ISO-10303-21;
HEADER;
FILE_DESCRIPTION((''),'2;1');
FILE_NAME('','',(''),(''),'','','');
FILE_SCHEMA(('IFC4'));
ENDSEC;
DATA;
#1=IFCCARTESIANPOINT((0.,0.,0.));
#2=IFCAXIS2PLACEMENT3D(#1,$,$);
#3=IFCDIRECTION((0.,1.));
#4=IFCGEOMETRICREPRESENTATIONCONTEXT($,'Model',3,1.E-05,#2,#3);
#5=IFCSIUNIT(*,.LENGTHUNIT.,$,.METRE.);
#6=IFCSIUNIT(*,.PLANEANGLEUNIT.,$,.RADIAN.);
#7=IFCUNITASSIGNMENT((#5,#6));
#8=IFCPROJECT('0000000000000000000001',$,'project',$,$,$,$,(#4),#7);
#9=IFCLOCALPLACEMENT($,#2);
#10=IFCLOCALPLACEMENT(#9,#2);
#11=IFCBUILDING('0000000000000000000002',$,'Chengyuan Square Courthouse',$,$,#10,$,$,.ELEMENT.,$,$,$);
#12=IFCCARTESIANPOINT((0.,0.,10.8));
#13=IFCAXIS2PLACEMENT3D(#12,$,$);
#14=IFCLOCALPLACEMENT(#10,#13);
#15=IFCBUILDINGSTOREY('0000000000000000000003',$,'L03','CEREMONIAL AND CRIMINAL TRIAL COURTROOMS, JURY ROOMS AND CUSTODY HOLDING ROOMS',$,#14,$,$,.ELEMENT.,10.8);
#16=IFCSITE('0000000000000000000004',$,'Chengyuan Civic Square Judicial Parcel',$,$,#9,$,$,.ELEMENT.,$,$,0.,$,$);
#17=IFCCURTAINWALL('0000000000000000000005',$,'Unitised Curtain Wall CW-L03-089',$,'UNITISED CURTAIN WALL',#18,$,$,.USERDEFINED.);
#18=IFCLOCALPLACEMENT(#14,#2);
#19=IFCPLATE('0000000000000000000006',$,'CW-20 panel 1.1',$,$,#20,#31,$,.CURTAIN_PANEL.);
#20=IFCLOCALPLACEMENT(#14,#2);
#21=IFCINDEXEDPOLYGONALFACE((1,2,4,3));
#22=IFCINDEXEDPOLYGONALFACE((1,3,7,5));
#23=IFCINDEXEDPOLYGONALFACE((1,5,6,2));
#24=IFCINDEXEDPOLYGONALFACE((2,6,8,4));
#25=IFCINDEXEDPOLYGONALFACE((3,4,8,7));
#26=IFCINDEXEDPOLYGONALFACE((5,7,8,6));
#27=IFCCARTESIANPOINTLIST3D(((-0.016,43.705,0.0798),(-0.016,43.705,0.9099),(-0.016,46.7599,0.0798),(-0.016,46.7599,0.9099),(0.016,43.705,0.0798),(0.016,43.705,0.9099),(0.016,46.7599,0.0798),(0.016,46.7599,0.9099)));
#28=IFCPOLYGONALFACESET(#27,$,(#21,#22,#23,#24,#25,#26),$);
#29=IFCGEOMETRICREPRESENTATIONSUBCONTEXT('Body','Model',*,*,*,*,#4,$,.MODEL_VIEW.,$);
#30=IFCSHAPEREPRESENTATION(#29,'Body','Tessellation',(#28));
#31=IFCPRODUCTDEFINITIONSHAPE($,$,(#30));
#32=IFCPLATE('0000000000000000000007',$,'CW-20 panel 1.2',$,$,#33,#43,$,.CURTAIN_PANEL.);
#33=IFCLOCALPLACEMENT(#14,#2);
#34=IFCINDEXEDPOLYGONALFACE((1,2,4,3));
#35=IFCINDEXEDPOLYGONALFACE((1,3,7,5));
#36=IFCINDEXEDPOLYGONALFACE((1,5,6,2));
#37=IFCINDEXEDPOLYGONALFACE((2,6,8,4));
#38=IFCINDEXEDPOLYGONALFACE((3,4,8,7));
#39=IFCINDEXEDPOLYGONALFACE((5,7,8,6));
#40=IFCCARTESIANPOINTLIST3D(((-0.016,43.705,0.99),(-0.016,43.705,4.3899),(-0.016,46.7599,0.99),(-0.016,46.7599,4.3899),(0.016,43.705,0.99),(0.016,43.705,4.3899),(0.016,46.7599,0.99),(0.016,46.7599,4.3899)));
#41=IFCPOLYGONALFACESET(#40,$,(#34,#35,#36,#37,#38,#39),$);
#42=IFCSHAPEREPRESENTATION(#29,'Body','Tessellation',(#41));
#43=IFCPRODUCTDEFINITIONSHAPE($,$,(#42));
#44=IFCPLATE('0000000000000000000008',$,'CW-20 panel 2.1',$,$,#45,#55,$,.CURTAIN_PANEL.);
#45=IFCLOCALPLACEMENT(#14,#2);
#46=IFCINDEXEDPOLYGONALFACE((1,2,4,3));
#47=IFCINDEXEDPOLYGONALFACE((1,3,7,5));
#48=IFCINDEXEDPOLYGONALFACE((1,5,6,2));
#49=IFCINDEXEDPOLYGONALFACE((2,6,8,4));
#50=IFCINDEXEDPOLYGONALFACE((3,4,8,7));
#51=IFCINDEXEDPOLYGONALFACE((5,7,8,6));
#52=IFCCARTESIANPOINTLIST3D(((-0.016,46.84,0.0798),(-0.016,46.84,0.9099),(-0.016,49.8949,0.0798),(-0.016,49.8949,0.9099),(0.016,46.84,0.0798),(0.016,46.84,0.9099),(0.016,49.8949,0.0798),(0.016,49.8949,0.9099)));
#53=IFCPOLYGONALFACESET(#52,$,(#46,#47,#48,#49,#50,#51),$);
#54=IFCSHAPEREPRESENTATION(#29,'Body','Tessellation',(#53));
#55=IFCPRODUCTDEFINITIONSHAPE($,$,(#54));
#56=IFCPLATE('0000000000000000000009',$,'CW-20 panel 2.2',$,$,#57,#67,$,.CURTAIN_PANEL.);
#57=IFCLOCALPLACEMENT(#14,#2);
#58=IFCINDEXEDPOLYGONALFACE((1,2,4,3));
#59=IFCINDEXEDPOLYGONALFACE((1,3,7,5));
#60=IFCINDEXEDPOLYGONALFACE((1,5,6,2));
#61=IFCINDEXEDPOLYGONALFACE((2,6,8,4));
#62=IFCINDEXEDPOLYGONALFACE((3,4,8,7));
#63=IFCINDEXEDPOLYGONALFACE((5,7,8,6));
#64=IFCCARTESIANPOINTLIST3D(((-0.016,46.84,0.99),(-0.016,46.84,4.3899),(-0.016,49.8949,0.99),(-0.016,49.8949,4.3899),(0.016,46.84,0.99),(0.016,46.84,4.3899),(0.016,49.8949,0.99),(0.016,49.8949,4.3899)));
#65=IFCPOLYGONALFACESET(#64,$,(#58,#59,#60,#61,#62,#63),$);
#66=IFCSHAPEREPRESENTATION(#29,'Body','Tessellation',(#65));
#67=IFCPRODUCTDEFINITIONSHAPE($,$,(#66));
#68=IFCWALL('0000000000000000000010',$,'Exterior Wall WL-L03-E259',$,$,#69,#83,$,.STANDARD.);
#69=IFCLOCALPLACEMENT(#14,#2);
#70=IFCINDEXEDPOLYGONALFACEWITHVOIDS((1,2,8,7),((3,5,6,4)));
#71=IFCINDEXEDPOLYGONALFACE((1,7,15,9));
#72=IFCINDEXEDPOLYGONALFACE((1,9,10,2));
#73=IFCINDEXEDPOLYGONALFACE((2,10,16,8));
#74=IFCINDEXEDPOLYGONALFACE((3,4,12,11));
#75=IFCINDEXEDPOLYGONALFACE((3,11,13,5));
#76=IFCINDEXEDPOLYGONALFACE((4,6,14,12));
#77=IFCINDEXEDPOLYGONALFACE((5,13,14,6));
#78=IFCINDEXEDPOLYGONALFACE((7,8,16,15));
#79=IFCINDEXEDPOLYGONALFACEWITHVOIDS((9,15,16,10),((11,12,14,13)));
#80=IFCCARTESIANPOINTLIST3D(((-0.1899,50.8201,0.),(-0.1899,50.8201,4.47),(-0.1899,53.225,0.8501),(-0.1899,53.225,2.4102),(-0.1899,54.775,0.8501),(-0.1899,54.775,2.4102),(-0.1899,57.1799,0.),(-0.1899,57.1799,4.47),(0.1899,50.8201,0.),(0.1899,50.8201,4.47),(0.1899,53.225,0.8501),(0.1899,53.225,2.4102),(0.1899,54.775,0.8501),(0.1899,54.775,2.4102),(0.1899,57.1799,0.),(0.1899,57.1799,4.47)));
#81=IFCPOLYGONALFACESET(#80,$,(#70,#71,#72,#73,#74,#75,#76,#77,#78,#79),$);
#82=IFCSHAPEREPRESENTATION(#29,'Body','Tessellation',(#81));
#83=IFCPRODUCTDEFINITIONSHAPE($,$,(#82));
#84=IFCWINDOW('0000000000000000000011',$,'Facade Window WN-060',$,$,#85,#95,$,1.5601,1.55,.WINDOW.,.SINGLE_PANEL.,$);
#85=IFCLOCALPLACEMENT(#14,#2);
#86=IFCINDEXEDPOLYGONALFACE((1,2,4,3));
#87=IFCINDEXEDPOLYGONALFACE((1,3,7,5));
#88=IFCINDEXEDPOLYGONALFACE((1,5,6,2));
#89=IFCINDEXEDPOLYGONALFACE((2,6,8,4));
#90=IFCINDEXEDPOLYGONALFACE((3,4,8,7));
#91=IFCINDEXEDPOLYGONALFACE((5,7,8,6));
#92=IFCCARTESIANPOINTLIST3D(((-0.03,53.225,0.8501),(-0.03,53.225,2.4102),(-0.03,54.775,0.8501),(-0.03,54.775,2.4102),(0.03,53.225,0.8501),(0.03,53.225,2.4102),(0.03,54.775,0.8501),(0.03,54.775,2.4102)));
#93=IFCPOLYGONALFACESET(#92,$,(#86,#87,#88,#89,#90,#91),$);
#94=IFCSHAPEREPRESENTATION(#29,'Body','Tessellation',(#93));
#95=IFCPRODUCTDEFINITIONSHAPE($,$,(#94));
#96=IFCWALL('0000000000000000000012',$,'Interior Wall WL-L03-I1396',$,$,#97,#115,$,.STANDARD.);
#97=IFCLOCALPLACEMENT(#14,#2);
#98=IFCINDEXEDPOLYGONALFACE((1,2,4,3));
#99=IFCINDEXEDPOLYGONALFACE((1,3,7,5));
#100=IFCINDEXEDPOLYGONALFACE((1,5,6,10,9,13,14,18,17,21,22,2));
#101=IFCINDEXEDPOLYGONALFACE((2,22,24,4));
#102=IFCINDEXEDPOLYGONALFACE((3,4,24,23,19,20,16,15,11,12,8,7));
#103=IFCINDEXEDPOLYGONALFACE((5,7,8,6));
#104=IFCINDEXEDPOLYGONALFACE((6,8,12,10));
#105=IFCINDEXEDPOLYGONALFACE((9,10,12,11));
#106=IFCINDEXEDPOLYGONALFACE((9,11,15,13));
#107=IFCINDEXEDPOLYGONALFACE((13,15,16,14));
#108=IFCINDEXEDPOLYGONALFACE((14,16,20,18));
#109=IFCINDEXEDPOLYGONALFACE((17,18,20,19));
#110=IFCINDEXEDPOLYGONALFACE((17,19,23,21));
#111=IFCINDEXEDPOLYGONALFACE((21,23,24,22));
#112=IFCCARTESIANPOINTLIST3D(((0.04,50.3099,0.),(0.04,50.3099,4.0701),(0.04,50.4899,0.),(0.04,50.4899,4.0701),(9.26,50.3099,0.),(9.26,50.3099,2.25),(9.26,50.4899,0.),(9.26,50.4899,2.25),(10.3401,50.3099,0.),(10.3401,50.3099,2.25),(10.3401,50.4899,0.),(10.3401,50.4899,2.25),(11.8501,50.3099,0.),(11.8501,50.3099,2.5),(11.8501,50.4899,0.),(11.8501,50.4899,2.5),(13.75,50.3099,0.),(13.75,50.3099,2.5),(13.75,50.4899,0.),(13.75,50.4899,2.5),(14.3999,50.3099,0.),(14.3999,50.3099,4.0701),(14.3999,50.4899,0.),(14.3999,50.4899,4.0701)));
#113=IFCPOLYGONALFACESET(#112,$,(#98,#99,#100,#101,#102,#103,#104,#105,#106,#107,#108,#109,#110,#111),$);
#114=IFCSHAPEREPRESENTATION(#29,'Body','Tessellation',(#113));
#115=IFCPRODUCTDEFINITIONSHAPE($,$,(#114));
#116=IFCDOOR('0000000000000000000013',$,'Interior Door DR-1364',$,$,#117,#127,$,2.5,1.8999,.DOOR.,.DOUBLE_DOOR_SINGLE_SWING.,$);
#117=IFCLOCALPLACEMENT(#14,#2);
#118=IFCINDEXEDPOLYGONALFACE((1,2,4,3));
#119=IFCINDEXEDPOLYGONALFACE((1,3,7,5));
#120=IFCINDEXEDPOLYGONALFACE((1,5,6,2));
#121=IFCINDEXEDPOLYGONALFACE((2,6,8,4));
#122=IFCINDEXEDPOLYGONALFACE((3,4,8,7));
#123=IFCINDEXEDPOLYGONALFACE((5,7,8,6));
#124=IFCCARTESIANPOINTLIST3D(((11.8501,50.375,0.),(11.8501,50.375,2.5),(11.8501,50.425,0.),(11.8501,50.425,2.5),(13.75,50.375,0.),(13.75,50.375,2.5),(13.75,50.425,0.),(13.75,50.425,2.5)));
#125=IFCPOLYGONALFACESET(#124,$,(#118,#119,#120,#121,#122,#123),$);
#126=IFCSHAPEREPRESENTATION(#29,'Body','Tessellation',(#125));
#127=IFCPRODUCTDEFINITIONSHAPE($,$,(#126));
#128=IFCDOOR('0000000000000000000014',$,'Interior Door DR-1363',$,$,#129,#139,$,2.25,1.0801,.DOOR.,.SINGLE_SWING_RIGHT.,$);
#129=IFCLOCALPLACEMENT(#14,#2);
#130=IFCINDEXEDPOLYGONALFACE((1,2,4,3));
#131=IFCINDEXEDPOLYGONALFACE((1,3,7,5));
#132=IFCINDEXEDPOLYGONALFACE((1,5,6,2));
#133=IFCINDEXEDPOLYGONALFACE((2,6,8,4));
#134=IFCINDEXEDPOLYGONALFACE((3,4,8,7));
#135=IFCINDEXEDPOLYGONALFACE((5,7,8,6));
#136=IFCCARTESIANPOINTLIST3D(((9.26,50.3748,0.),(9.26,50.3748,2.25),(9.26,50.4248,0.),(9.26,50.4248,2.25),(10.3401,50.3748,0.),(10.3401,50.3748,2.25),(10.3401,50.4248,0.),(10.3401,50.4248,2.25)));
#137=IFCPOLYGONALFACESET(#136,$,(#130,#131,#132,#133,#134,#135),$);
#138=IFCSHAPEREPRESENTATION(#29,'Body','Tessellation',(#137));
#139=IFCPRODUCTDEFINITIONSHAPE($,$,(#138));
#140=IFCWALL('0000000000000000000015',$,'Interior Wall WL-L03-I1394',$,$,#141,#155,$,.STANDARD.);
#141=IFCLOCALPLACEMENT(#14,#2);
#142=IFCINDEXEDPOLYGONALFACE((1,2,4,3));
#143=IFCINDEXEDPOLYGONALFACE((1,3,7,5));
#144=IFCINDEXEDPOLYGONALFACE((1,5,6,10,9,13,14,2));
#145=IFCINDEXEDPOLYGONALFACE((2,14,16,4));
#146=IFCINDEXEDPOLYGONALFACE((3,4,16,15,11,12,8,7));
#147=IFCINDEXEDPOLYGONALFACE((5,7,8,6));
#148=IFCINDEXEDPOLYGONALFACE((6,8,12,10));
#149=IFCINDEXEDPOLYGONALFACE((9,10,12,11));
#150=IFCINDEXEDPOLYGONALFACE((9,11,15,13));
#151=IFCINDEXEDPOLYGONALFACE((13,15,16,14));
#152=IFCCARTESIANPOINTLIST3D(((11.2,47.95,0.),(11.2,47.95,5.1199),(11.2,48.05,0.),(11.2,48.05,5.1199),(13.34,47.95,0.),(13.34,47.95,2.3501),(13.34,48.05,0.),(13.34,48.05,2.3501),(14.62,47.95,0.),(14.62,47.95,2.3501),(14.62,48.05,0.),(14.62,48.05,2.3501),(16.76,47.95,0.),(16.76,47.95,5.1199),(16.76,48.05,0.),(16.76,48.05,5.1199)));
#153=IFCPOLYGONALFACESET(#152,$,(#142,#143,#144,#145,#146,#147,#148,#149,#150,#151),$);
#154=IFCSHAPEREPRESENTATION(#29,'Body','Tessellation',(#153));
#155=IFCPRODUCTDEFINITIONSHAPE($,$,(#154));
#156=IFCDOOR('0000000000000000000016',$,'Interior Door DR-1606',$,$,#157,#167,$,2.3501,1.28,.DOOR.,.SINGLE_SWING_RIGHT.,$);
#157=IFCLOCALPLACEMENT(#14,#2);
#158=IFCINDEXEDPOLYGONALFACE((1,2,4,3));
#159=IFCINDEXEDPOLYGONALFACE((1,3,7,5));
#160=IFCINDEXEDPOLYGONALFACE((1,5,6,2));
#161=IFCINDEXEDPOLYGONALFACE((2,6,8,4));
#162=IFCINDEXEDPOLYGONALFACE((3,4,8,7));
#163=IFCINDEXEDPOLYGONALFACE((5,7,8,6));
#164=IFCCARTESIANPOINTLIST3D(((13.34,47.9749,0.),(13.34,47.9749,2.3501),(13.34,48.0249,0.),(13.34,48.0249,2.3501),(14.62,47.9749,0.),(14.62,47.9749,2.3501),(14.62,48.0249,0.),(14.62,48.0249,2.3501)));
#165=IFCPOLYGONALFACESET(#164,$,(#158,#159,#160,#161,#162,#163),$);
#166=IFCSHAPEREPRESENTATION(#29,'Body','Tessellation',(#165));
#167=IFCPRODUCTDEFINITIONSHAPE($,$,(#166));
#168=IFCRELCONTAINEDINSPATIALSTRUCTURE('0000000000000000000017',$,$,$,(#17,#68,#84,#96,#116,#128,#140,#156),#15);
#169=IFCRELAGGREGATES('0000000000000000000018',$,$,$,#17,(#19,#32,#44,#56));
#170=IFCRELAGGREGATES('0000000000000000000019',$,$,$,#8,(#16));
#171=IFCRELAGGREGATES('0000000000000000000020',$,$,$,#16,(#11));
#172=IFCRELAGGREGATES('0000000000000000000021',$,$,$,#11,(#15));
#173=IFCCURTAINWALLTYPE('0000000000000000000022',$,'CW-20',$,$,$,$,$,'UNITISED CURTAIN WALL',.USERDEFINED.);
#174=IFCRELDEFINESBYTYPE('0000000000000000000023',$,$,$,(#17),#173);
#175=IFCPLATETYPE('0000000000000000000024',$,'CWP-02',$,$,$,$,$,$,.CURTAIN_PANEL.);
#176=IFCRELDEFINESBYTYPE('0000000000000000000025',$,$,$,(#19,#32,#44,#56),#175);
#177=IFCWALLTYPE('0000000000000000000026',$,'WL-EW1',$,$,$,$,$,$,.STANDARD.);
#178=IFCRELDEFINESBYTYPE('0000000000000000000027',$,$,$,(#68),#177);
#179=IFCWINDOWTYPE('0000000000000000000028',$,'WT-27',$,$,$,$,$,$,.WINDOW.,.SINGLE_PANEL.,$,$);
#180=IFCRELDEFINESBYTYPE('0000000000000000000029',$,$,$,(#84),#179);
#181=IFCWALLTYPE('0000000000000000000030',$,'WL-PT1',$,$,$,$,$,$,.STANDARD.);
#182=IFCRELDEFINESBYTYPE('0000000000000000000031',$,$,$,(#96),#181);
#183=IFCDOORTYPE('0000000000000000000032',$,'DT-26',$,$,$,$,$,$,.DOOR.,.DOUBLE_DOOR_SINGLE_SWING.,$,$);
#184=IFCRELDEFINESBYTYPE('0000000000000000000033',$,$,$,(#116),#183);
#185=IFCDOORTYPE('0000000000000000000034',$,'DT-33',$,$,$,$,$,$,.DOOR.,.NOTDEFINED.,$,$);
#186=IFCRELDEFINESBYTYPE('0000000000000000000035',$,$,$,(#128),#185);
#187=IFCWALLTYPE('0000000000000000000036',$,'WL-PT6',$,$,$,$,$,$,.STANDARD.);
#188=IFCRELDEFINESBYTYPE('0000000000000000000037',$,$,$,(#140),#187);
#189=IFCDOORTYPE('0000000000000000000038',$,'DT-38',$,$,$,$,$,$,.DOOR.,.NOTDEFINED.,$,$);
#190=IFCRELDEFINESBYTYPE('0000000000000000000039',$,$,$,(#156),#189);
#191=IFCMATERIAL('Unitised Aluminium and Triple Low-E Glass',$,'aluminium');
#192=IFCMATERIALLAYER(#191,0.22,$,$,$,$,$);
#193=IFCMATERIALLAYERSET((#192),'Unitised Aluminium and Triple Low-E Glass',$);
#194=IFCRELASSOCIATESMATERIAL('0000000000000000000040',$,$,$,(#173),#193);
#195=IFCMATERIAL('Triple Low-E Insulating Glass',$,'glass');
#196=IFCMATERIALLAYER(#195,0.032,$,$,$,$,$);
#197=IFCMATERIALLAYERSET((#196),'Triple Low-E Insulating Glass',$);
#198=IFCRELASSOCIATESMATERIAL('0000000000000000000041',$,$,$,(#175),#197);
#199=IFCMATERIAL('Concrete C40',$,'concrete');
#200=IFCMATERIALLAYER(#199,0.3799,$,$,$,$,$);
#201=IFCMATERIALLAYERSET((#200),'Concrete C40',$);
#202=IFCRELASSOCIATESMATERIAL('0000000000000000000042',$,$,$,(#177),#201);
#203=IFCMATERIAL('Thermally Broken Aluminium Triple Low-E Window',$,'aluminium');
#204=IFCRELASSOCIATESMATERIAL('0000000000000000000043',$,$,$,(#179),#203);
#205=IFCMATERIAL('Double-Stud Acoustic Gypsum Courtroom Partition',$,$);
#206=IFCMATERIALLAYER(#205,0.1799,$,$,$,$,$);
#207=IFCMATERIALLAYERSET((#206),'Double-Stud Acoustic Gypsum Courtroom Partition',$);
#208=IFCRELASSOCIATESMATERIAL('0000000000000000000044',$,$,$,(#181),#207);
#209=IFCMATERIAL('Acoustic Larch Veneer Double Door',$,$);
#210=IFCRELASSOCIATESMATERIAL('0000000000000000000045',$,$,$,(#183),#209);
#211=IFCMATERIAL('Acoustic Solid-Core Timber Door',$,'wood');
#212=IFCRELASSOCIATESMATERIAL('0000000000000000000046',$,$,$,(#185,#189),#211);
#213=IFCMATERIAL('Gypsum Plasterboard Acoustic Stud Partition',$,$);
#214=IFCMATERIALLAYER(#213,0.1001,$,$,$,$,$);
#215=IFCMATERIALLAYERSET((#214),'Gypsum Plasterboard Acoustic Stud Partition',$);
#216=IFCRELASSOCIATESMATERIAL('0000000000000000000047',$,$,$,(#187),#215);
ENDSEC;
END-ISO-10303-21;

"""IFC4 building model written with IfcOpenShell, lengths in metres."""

from ifc_helpers import new_model, si_unit, direction, frame, frame_2d, origin, origin_2d, place, context, subcontext, project, spatial, rectangle, extrude, material, layer, layer_set, type_object, element, fill, aggregate, save


model = new_model("IFC4")

# Units and contexts
model_context = context("Model", 3, precision=1e-05, world=origin(), true_north=direction((0.0, 1.0)))
body_context = subcontext(model_context, "Body", "Model", "MODEL_VIEW")
ifc_project = project(units=[si_unit("LENGTHUNIT", "METRE"), si_unit("PLANEANGLEUNIT", "RADIAN")], contexts=[model_context])

# Site, building, storey
site_placement = place(None, origin())
site = spatial("IfcSite", under=ifc_project, at=site_placement, Name="Chengyuan Civic Square Judicial Parcel", CompositionType="ELEMENT", RefElevation=0.0)
building_placement = place(site_placement, origin())
building = spatial("IfcBuilding", under=site, at=building_placement, Name="Chengyuan Square Courthouse", CompositionType="ELEMENT")
storey_placement = place(building_placement, frame((0.0, 0.0, 10.8)))
storey = spatial("IfcBuildingStorey", under=building, at=storey_placement, Name="L03", Description="CEREMONIAL AND CRIMINAL TRIAL COURTROOMS, JURY ROOMS AND CUSTODY HOLDING ROOMS", CompositionType="ELEMENT", Elevation=10.8)

# Shared definitions
ifc_material_1 = material(Name="Concrete C40", Category="concrete")

# Curtain wall
ifc_material_2 = material(Name="Unitised Aluminium and Triple Low-E Glass", Category="aluminium")
ifc_layer_1 = layer(ifc_material_2, 0.22)
ifc_layer_set_1 = layer_set([ifc_layer_1], Name="Unitised Aluminium and Triple Low-E Glass")
curtain_wall_type = type_object("IfcCurtainWallType", Name="CW-20", ElementType="UNITISED CURTAIN WALL", PredefinedType="USERDEFINED", material=ifc_layer_set_1)
curtain_wall_1_placement = place(storey_placement, origin())
curtain_wall_1 = element("IfcCurtainWall", 1, at=curtain_wall_1_placement, inside=storey, type_object=curtain_wall_type, Name="Unitised Curtain Wall CW-L03-089", ObjectType="UNITISED CURTAIN WALL", PredefinedType="USERDEFINED")

# Plates
ifc_material_3 = material(Name="Triple Low-E Insulating Glass", Category="glass")
ifc_layer_2 = layer(ifc_material_3, 0.032)
ifc_layer_set_2 = layer_set([ifc_layer_2], Name="Triple Low-E Insulating Glass")
plate_type = type_object("IfcPlateType", Name="CWP-02", PredefinedType="CURTAIN_PANEL", material=ifc_layer_set_2)
plate_1_placement = place(storey_placement, frame((0.0, 45.2324, 0.0798), z_axis=(0.0, 0.0, 1.0), x_axis=(0.0, 1.0, 0.0)))
plate_1 = element("IfcPlate", 2, at=plate_1_placement, type_object=plate_type, Name="CW-20 panel 1.1", PredefinedType="CURTAIN_PANEL", context=body_context, shape_type="SweptSolid", body=[
    extrude(rectangle(XDim=3.0549, YDim=0.032, at=origin_2d()), origin(), (0.0, 0.0, 1.0), 0.8301),
])
plate_2_placement = place(storey_placement, frame((0.0, 45.2324, 0.99), z_axis=(0.0, 0.0, 1.0), x_axis=(0.0, 1.0, 0.0)))
plate_2 = element("IfcPlate", 3, at=plate_2_placement, type_object=plate_type, Name="CW-20 panel 1.2", PredefinedType="CURTAIN_PANEL", context=body_context, shape_type="SweptSolid", body=[
    extrude(rectangle(XDim=3.0549, YDim=0.032, at=origin_2d()), origin(), (0.0, 0.0, 1.0), 3.3999),
])
plate_3_placement = place(storey_placement, frame((0.0, 48.3674, 0.0798), z_axis=(0.0, 0.0, 1.0), x_axis=(0.0, 1.0, 0.0)))
plate_3 = element("IfcPlate", 4, at=plate_3_placement, type_object=plate_type, Name="CW-20 panel 2.1", PredefinedType="CURTAIN_PANEL", context=body_context, shape_type="SweptSolid", body=[
    extrude(rectangle(XDim=3.0549, YDim=0.032, at=origin_2d()), origin(), (0.0, 0.0, 1.0), 0.8301),
])
plate_4_placement = place(storey_placement, frame((0.0, 48.3674, 0.99), z_axis=(0.0, 0.0, 1.0), x_axis=(0.0, 1.0, 0.0)))
plate_4 = element("IfcPlate", 5, at=plate_4_placement, type_object=plate_type, Name="CW-20 panel 2.2", PredefinedType="CURTAIN_PANEL", context=body_context, shape_type="SweptSolid", body=[
    extrude(rectangle(XDim=3.0549, YDim=0.032, at=origin_2d()), origin(), (0.0, 0.0, 1.0), 3.3999),
])
aggregate(curtain_wall_1, [plate_1, plate_2, plate_3, plate_4])

# Wall, opening, window
ifc_layer_3 = layer(ifc_material_1, 0.3799)
ifc_layer_set_3 = layer_set([ifc_layer_3], Name="Concrete C40")
wall_type_1 = type_object("IfcWallType", Name="WL-EW1", PredefinedType="STANDARD", material=ifc_layer_set_3)
wall_1_placement = place(storey_placement, frame((0.0, 50.8201, 0.0), z_axis=(0.0, 0.0, 1.0), x_axis=(0.0, 1.0, 0.0)))
wall_1 = element("IfcWall", 6, at=wall_1_placement, inside=storey, type_object=wall_type_1, Name="Exterior Wall WL-L03-E259", PredefinedType="STANDARD", context=body_context, shape_type="SweptSolid", body=[
    extrude(rectangle(XDim=6.3599, YDim=0.3799, at=frame_2d((3.1799, 0.0))), origin(), (0.0, 0.0, 1.0), 4.47),
])
opening_1_placement = place(wall_1_placement, frame((2.405, 0.0, 0.8501)))
opening_1 = element("IfcOpeningElement", 7, at=opening_1_placement, cuts=wall_1, PredefinedType="OPENING", context=body_context, shape_type="SweptSolid", body=[
    extrude(rectangle(XDim=1.55, YDim=1.5601, at=frame_2d((0.7749, 0.78))), frame((0.0, 0.2019, 0.0), z_axis=(0.0, -1.0, 0.0), x_axis=(1.0, 0.0, 0.0)), (0.0, 0.0, 1.0), 0.4038),
])
ifc_material_4 = material(Name="Thermally Broken Aluminium Triple Low-E Window", Category="aluminium")
window_type = type_object("IfcWindowType", Name="WT-27", PartitioningType="SINGLE_PANEL", PredefinedType="WINDOW", material=ifc_material_4)
window_placement = place(opening_1_placement, origin())
window = element("IfcWindow", 8, at=window_placement, inside=storey, type_object=window_type, Name="Facade Window WN-060", OverallHeight=1.5601, OverallWidth=1.55, PartitioningType="SINGLE_PANEL", PredefinedType="WINDOW", context=body_context, shape_type="SweptSolid", body=[
    extrude(rectangle(XDim=1.55, YDim=1.5601, at=frame_2d((0.7749, 0.78))), frame((0.0, 0.03, 0.0), z_axis=(0.0, -1.0, 0.0), x_axis=(1.0, 0.0, 0.0)), (0.0, 0.0, 1.0), 0.0601),
])
fill(opening_1, window)

# Wall, openings, doors
ifc_material_5 = material(Name="Double-Stud Acoustic Gypsum Courtroom Partition")
ifc_layer_4 = layer(ifc_material_5, 0.1799)
ifc_layer_set_4 = layer_set([ifc_layer_4], Name="Double-Stud Acoustic Gypsum Courtroom Partition")
wall_type_2 = type_object("IfcWallType", Name="WL-PT1", PredefinedType="STANDARD", material=ifc_layer_set_4)
wall_2_placement = place(storey_placement, frame((0.04, 50.3999, 0.0), z_axis=(0.0, 0.0, 1.0), x_axis=(1.0, 0.0, 0.0)))
wall_2 = element("IfcWall", 9, at=wall_2_placement, inside=storey, type_object=wall_type_2, Name="Interior Wall WL-L03-I1396", PredefinedType="STANDARD", context=body_context, shape_type="SweptSolid", body=[
    extrude(rectangle(XDim=14.3599, YDim=0.1799, at=frame_2d((7.1799, 0.0))), origin(), (0.0, 0.0, 1.0), 4.0701),
])
opening_2_placement = place(wall_2_placement, frame((9.22, 0.0, 0.0)))
opening_2 = element("IfcOpeningElement", 10, at=opening_2_placement, cuts=wall_2, PredefinedType="OPENING", context=body_context, shape_type="SweptSolid", body=[
    extrude(rectangle(XDim=1.0801, YDim=2.25, at=frame_2d((0.54, 1.125))), frame((0.0, 0.1021, 0.0), z_axis=(0.0, -1.0, 0.0), x_axis=(1.0, 0.0, 0.0)), (0.0, 0.0, 1.0), 0.2039),
])
opening_3_placement = place(wall_2_placement, frame((11.8101, 0.0, 0.0)))
opening_3 = element("IfcOpeningElement", 11, at=opening_3_placement, cuts=wall_2, PredefinedType="OPENING", context=body_context, shape_type="SweptSolid", body=[
    extrude(rectangle(XDim=1.8999, YDim=2.5, at=frame_2d((0.95, 1.25))), frame((0.0, 0.1021, 0.0), z_axis=(0.0, -1.0, 0.0), x_axis=(1.0, 0.0, 0.0)), (0.0, 0.0, 1.0), 0.2039),
])
ifc_material_6 = material(Name="Acoustic Larch Veneer Double Door")
door_type_1 = type_object("IfcDoorType", Name="DT-26", OperationType="DOUBLE_DOOR_SINGLE_SWING", PredefinedType="DOOR", material=ifc_material_6)
door_1_placement = place(opening_3_placement, frame((1.8999, 0.0, 0.0), z_axis=(0.0, 0.0, 1.0), x_axis=(-1.0, 0.0, 0.0)))
door_1 = element("IfcDoor", 12, at=door_1_placement, inside=storey, type_object=door_type_1, Name="Interior Door DR-1364", OperationType="DOUBLE_DOOR_SINGLE_SWING", OverallHeight=2.5, OverallWidth=1.8999, PredefinedType="DOOR", context=body_context, shape_type="SweptSolid", body=[
    extrude(rectangle(XDim=1.8999, YDim=2.5, at=frame_2d((0.95, 1.25))), frame((0.0, 0.0249, 0.0), z_axis=(0.0, -1.0, 0.0), x_axis=(1.0, 0.0, 0.0)), (0.0, 0.0, 1.0), 0.05),
])
fill(opening_3, door_1)
ifc_material_7 = material(Name="Acoustic Solid-Core Timber Door", Category="wood")
door_type_2 = type_object("IfcDoorType", Name="DT-33", OperationType="NOTDEFINED", PredefinedType="DOOR", material=ifc_material_7)
door_2_placement = place(opening_2_placement, origin())
door_2 = element("IfcDoor", 13, at=door_2_placement, inside=storey, type_object=door_type_2, Name="Interior Door DR-1363", OperationType="SINGLE_SWING_RIGHT", OverallHeight=2.25, OverallWidth=1.0801, PredefinedType="DOOR", context=body_context, shape_type="SweptSolid", body=[
    extrude(rectangle(XDim=1.0801, YDim=2.25, at=frame_2d((0.54, 1.125))), frame((0.0, 0.0249, 0.0), z_axis=(0.0, -1.0, 0.0), x_axis=(1.0, 0.0, 0.0)), (0.0, 0.0, 1.0), 0.05),
])
fill(opening_2, door_2)

# Wall, opening, door
ifc_material_8 = material(Name="Gypsum Plasterboard Acoustic Stud Partition")
ifc_layer_5 = layer(ifc_material_8, 0.1001)
ifc_layer_set_5 = layer_set([ifc_layer_5], Name="Gypsum Plasterboard Acoustic Stud Partition")
wall_type_3 = type_object("IfcWallType", Name="WL-PT6", PredefinedType="STANDARD", material=ifc_layer_set_5)
wall_3_placement = place(storey_placement, frame((11.2, 48.0, 0.0), z_axis=(0.0, 0.0, 1.0), x_axis=(1.0, 0.0, 0.0)))
wall_3 = element("IfcWall", 14, at=wall_3_placement, inside=storey, type_object=wall_type_3, Name="Interior Wall WL-L03-I1394", PredefinedType="STANDARD", context=body_context, shape_type="SweptSolid", body=[
    extrude(rectangle(XDim=5.5601, YDim=0.1001, at=frame_2d((2.78, 0.0))), origin(), (0.0, 0.0, 1.0), 5.1199),
])
opening_4_placement = place(wall_3_placement, frame((2.1399, 0.0, 0.0)))
opening_4 = element("IfcOpeningElement", 15, at=opening_4_placement, cuts=wall_3, PredefinedType="OPENING", context=body_context, shape_type="SweptSolid", body=[
    extrude(rectangle(XDim=1.28, YDim=2.3501, at=frame_2d((0.6401, 1.175))), frame((0.0, 0.062, 0.0), z_axis=(0.0, -1.0, 0.0), x_axis=(1.0, 0.0, 0.0)), (0.0, 0.0, 1.0), 0.124),
])
door_type_3 = type_object("IfcDoorType", Name="DT-38", OperationType="NOTDEFINED", PredefinedType="DOOR", material=ifc_material_7)
door_3_placement = place(opening_4_placement, origin())
door_3 = element("IfcDoor", 16, at=door_3_placement, inside=storey, type_object=door_type_3, Name="Interior Door DR-1606", OperationType="SINGLE_SWING_RIGHT", OverallHeight=2.3501, OverallWidth=1.28, PredefinedType="DOOR", context=body_context, shape_type="SweptSolid", body=[
    extrude(rectangle(XDim=1.28, YDim=2.3501, at=frame_2d((0.6401, 1.175))), frame((0.0, 0.0249, 0.0), z_axis=(0.0, -1.0, 0.0), x_axis=(1.0, 0.0, 0.0)), (0.0, 0.0, 1.0), 0.05),
])
fill(opening_4, door_3)

save(model, "model.ifc")
